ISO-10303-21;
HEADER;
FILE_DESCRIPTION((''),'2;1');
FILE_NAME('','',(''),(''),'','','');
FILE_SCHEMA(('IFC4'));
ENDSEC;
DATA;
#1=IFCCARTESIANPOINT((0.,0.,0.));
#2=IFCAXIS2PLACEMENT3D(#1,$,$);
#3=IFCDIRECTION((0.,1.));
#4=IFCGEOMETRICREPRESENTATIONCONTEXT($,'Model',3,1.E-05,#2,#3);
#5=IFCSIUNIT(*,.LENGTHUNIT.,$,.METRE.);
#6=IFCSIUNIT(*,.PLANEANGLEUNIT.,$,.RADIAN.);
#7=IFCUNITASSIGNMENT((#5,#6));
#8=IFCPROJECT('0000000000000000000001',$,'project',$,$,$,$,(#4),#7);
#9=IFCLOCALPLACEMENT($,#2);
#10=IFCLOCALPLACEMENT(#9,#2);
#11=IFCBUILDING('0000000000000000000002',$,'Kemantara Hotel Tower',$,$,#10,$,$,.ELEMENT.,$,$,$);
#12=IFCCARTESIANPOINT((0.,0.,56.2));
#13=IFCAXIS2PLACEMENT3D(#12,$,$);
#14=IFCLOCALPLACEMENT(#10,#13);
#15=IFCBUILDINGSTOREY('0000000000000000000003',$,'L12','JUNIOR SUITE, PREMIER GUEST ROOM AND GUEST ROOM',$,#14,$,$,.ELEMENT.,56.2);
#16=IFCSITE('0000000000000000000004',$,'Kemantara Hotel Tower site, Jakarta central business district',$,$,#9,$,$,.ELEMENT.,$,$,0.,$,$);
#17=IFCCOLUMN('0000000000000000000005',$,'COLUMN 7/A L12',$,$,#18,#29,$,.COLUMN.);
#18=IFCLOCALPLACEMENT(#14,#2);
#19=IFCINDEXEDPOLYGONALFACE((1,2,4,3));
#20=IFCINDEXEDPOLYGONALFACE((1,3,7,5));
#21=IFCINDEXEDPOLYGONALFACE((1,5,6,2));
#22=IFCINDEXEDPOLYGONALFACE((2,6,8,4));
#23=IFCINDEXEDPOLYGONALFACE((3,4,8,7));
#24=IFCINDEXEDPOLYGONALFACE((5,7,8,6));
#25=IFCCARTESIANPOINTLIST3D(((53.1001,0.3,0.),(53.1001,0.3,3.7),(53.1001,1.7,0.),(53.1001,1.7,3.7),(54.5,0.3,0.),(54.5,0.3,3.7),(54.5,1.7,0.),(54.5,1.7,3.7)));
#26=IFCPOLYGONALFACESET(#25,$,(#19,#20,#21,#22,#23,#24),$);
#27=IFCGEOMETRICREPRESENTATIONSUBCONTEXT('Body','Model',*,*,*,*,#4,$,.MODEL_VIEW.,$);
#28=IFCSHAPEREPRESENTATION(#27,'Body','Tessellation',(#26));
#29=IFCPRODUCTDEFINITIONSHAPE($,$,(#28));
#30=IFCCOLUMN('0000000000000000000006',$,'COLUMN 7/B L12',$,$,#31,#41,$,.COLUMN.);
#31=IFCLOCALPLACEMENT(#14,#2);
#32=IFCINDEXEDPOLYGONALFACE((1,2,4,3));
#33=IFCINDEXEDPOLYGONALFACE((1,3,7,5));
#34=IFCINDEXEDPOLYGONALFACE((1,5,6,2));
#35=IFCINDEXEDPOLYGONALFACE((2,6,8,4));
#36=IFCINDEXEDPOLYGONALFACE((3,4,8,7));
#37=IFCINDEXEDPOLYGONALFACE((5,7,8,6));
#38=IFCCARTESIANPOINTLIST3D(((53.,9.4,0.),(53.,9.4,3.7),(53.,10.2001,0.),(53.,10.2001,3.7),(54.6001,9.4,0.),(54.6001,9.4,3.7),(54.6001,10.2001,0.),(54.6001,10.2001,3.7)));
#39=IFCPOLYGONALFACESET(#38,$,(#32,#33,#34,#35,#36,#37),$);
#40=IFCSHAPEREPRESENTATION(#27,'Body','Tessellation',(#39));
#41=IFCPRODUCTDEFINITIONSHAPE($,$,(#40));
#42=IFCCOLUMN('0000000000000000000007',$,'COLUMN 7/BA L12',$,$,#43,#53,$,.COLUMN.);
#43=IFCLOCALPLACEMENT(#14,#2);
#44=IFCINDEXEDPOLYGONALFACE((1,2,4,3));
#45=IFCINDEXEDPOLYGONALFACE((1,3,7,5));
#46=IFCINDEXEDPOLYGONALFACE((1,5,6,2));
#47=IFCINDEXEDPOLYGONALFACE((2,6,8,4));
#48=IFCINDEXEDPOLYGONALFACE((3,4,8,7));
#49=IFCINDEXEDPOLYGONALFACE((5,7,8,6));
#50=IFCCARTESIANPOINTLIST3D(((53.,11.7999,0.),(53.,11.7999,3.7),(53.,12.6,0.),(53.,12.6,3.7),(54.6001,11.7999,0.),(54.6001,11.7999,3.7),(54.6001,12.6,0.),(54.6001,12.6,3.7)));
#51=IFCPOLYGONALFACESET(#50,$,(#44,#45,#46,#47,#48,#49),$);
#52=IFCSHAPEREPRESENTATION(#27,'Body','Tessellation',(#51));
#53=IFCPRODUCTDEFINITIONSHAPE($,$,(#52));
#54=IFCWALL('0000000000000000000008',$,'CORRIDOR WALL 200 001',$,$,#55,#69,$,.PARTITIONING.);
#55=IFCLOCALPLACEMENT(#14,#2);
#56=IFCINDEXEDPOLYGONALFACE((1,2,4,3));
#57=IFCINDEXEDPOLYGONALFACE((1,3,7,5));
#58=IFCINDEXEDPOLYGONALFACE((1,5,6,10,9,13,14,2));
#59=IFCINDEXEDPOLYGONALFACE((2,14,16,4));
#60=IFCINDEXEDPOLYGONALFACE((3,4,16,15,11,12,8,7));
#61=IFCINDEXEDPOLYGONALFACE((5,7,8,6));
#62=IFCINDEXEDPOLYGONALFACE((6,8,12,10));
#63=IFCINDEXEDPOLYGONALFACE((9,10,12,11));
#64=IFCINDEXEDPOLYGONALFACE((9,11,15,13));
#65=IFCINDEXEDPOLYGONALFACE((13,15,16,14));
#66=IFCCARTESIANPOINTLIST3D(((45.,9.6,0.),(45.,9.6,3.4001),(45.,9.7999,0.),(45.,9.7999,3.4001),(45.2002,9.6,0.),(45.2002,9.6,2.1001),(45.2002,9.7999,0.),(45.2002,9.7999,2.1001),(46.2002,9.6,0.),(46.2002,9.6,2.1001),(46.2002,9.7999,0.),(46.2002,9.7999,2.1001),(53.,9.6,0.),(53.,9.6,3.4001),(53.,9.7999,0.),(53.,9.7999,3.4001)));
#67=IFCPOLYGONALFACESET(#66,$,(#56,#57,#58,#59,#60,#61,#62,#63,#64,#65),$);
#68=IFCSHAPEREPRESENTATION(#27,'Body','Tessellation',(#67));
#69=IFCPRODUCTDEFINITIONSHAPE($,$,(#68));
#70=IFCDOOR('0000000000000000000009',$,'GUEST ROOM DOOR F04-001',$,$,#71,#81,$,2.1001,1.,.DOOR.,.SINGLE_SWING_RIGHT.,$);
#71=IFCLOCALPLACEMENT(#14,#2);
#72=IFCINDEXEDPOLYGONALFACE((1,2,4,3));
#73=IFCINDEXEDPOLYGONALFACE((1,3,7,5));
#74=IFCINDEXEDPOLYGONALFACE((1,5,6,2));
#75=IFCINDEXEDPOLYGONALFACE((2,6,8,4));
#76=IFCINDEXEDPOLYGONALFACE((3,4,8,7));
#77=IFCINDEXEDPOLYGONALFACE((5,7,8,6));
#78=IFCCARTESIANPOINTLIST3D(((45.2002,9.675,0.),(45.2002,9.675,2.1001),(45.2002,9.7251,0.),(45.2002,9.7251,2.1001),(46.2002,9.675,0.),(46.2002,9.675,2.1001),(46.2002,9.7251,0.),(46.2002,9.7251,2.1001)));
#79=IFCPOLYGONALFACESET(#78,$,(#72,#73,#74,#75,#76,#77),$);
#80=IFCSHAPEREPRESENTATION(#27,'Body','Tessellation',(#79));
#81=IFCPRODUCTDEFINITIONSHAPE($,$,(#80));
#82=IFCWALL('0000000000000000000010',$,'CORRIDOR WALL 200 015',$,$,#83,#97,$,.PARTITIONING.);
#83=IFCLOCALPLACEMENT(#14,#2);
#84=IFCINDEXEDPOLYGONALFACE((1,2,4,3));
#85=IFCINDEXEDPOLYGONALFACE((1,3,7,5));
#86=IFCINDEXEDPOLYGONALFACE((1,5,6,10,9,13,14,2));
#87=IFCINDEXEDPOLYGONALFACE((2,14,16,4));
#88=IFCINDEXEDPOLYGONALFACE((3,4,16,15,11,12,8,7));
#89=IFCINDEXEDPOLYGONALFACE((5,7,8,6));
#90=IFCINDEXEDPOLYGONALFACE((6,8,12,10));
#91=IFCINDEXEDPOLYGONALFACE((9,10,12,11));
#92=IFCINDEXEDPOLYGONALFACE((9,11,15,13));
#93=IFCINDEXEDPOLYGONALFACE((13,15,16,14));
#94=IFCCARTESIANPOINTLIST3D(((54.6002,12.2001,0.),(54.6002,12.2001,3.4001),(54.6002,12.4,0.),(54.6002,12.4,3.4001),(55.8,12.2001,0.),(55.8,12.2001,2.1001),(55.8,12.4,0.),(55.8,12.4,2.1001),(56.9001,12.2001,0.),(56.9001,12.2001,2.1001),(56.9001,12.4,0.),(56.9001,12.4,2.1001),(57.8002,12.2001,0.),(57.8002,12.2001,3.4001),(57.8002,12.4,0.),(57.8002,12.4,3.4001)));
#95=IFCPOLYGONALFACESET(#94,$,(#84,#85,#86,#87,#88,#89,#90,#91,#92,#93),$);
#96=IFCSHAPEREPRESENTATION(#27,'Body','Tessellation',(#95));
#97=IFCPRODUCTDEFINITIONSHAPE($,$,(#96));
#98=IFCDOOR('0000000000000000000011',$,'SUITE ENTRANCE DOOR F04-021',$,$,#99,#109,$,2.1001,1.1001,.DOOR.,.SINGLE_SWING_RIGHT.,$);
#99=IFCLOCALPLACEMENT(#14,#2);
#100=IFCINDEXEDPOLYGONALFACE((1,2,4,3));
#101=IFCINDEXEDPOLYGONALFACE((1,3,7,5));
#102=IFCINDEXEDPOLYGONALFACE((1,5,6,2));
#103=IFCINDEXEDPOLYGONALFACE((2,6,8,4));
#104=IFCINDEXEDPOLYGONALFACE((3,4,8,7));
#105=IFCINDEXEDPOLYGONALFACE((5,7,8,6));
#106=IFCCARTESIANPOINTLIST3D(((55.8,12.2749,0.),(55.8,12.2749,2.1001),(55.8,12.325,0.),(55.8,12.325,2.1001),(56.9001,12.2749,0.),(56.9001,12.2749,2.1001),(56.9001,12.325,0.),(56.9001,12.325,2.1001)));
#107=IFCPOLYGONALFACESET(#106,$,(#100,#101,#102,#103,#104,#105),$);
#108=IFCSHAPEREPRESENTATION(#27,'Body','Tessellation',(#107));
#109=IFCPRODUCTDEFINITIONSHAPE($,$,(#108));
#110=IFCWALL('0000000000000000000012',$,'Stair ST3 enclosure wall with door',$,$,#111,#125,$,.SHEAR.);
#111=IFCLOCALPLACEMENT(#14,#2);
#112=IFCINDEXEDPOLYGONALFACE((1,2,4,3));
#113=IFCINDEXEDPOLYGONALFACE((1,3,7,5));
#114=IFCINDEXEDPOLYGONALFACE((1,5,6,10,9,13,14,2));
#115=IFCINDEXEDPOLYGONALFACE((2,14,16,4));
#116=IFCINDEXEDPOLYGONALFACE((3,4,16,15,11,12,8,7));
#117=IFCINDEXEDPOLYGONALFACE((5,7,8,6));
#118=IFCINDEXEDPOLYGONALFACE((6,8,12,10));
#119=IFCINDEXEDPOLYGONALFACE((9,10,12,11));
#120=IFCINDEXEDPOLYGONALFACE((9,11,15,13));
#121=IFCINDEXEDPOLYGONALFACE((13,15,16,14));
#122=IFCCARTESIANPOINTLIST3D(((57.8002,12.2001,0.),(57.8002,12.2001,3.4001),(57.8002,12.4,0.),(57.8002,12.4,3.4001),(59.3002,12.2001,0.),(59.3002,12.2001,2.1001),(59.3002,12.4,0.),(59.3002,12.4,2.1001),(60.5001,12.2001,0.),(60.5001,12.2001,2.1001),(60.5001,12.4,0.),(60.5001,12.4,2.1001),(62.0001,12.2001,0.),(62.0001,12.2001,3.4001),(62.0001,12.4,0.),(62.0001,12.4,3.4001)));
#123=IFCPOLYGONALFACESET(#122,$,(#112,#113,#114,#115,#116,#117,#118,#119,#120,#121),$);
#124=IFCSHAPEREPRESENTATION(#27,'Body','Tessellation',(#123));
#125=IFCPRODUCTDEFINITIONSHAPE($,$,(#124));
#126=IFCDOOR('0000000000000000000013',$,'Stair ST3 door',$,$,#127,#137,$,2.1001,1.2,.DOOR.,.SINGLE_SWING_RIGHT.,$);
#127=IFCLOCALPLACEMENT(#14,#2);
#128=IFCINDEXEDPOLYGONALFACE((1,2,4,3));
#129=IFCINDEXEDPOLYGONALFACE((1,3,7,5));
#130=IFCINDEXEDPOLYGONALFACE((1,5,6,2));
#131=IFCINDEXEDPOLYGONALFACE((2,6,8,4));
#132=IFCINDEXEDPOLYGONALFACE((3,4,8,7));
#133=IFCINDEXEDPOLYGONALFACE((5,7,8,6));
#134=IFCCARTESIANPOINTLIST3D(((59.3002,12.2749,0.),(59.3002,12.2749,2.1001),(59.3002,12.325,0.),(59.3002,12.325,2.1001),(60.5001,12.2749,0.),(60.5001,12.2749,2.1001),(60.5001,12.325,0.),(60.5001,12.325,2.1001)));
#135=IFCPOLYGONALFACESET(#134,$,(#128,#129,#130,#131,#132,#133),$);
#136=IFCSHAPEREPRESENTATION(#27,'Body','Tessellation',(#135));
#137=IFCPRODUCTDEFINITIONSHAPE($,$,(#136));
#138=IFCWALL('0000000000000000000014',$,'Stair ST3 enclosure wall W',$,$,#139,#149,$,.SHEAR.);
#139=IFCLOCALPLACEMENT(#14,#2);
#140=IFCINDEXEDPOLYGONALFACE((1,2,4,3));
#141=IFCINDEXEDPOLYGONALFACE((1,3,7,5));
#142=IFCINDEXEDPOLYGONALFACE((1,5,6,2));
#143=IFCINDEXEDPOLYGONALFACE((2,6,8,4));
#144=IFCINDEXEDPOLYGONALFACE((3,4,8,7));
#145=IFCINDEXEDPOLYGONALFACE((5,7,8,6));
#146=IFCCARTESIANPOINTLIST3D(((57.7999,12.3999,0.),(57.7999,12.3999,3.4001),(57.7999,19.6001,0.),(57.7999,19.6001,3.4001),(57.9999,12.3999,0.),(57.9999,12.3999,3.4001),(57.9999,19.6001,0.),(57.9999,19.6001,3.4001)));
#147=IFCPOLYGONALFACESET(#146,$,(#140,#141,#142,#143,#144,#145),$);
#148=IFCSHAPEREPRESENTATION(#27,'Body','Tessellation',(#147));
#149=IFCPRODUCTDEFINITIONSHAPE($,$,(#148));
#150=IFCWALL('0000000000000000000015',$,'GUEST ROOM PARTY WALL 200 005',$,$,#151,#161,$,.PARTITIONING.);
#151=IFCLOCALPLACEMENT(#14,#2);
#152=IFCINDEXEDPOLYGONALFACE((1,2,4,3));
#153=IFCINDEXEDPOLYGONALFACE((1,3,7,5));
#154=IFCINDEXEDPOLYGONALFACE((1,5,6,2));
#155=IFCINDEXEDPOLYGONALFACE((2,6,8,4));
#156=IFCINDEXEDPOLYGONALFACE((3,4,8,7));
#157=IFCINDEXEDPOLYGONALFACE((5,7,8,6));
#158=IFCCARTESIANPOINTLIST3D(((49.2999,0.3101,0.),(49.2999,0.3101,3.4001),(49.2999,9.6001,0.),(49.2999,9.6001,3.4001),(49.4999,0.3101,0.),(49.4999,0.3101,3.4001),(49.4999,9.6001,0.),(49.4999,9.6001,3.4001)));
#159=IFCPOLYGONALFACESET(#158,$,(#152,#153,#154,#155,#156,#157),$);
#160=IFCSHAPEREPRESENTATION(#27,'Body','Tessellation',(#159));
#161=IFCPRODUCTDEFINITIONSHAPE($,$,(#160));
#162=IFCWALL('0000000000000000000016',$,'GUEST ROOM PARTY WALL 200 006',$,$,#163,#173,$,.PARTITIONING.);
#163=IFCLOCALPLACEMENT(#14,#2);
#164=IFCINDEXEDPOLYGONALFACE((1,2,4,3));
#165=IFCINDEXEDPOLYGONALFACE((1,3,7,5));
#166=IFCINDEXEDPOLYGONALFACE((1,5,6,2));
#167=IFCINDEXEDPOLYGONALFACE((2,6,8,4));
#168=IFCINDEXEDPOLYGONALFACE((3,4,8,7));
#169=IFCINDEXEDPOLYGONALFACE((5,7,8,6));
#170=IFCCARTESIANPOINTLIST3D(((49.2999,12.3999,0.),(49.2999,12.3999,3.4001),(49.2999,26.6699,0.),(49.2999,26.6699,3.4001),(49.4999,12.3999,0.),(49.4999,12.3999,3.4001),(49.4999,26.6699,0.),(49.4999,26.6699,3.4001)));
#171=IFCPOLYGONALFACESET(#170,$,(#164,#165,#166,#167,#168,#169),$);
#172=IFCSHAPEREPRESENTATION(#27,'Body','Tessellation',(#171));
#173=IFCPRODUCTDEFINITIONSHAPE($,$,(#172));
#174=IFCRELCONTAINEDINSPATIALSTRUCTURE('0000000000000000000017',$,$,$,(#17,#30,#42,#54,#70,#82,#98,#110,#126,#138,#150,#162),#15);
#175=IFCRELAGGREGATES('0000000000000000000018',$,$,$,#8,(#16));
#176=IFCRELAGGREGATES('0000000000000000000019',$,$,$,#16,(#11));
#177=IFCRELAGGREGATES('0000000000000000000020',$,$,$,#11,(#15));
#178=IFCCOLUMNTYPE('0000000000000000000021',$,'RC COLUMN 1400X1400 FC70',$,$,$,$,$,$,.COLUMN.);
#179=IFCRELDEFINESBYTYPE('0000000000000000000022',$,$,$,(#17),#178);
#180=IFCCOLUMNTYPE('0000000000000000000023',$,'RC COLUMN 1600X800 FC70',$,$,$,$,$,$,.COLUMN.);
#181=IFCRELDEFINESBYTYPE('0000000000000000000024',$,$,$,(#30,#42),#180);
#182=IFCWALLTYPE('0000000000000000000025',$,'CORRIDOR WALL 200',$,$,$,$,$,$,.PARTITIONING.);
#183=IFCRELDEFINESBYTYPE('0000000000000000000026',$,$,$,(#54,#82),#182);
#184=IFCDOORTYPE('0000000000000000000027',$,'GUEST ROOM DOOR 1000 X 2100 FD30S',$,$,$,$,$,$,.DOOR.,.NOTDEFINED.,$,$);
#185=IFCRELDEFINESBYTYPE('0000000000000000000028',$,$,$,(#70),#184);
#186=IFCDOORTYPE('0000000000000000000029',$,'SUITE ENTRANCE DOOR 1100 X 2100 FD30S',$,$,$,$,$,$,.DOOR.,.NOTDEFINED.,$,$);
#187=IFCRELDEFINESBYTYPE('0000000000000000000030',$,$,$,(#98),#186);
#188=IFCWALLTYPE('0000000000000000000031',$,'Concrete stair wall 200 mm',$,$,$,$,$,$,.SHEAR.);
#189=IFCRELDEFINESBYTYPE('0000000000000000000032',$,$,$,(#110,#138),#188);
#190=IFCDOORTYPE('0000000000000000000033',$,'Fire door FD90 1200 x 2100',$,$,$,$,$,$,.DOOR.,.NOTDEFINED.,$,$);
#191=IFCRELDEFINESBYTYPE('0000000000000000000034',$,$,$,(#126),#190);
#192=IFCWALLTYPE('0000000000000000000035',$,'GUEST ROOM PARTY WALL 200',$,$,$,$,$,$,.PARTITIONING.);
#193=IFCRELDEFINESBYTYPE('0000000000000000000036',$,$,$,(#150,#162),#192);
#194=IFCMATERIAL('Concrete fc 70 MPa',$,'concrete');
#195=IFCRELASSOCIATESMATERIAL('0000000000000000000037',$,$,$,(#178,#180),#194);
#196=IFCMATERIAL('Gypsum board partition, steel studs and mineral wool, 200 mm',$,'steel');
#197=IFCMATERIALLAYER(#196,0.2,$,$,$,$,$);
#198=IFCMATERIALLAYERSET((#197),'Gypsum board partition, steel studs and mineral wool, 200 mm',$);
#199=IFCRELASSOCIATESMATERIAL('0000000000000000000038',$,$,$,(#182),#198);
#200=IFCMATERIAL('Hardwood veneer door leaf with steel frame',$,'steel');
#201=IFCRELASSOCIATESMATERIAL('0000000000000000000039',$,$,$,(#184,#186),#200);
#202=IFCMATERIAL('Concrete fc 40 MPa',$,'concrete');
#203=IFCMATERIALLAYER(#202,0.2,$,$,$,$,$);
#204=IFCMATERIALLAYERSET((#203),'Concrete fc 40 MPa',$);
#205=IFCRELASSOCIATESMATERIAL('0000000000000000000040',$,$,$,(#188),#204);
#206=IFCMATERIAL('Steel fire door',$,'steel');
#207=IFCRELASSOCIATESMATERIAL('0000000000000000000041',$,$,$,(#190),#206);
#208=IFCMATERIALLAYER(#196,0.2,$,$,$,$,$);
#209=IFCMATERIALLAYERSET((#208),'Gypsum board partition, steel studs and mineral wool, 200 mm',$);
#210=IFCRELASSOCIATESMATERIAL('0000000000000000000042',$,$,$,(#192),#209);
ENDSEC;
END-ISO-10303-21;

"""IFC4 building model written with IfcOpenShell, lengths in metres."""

from ifc_helpers import new_model, si_unit, direction, frame, frame_2d, origin, origin_2d, place, context, subcontext, project, spatial, rectangle, extrude, material, layer, layer_set, material_profile, profile_set, type_object, element, fill, save


model = new_model("IFC4")

# Units and contexts
model_context = context("Model", 3, precision=1e-05, world=origin(), true_north=direction((0.0, 1.0)))
body_context = subcontext(model_context, "Body", "Model", "MODEL_VIEW")
ifc_project = project(units=[si_unit("LENGTHUNIT", "METRE"), si_unit("PLANEANGLEUNIT", "RADIAN")], contexts=[model_context])

# Site, building, storey
site_placement = place(None, origin())
site = spatial("IfcSite", under=ifc_project, at=site_placement, Name="Kemantara Hotel Tower site, Jakarta central business district", CompositionType="ELEMENT", RefElevation=0.0)
building_placement = place(site_placement, origin())
building = spatial("IfcBuilding", under=site, at=building_placement, Name="Kemantara Hotel Tower", CompositionType="ELEMENT")
storey_placement = place(building_placement, frame((0.0, 0.0, 56.2)))
storey = spatial("IfcBuildingStorey", under=building, at=storey_placement, Name="L12", Description="JUNIOR SUITE, PREMIER GUEST ROOM AND GUEST ROOM", CompositionType="ELEMENT", Elevation=56.2)

# Columns
ifc_material_1 = material(Name="Concrete fc 70 MPa", Category="concrete")
ifc_material_profile_1 = material_profile(ifc_material_1, rectangle(XDim=1.3999, YDim=1.3999, at=origin_2d()), Name="RC 1400X1400")
ifc_profile_set_1 = profile_set([ifc_material_profile_1], Name="Concrete fc 70 MPa")
column_type_1 = type_object("IfcColumnType", Name="RC COLUMN 1400X1400 FC70", PredefinedType="COLUMN", material=ifc_profile_set_1)
column_placement = place(storey_placement, frame((53.8, 1.0, 0.0), z_axis=(0.0, 0.0, 1.0), x_axis=(1.0, 0.0, 0.0)))
element("IfcColumn", 1, at=column_placement, inside=storey, type_object=column_type_1, Name="COLUMN 7/A L12", PredefinedType="COLUMN", context=body_context, shape_type="SweptSolid", body=[
    extrude(rectangle(XDim=1.3999, YDim=1.3999, at=origin_2d()), origin(), (0.0, 0.0, 1.0), 3.7),
])
ifc_material_profile_2 = material_profile(ifc_material_1, rectangle(XDim=1.6001, YDim=0.8, at=origin_2d()), Name="RC 1600X800")
ifc_profile_set_2 = profile_set([ifc_material_profile_2], Name="Concrete fc 70 MPa")
column_type_2 = type_object("IfcColumnType", Name="RC COLUMN 1600X800 FC70", PredefinedType="COLUMN", material=ifc_profile_set_2)
for number, where, z_axis, x_axis, name in (
    (2, (53.8, 9.8, 0.0), (0.0, 0.0, 1.0), (1.0, 0.0, 0.0), "COLUMN 7/B L12"),
    (3, (53.8, 12.2, 0.0), (0.0, 0.0, 1.0), (1.0, 0.0, 0.0), "COLUMN 7/BA L12"),
):
    element("IfcColumn", number, at=place(storey_placement, frame(where, z_axis=z_axis, x_axis=x_axis)), inside=storey, type_object=column_type_2, Name=name, PredefinedType="COLUMN", context=body_context, shape_type="SweptSolid", body=[
        extrude(rectangle(XDim=1.6001, YDim=0.8, at=origin_2d()), origin(), (0.0, 0.0, 1.0), 3.7),
    ])

# Walls, openings, doors
ifc_material_2 = material(Name="Gypsum board partition, steel studs and mineral wool, 200 mm", Category="steel")
ifc_layer_1 = layer(ifc_material_2, 0.2)
ifc_layer_set_1 = layer_set([ifc_layer_1], Name="Gypsum board partition, steel studs and mineral wool, 200 mm")
wall_type_1 = type_object("IfcWallType", Name="CORRIDOR WALL 200", PredefinedType="PARTITIONING", material=ifc_layer_set_1)
wall_1_placement = place(storey_placement, frame((53.0, 9.7, 0.0), z_axis=(0.0, 0.0, 1.0), x_axis=(-1.0, 0.0, 0.0)))
wall_1 = element("IfcWall", 4, at=wall_1_placement, inside=storey, type_object=wall_type_1, Name="CORRIDOR WALL 200 001", PredefinedType="PARTITIONING", context=body_context, shape_type="SweptSolid", body=[
    extrude(rectangle(XDim=8.0, YDim=0.2, at=frame_2d((4.0, 0.0))), origin(), (0.0, 0.0, 1.0), 3.4001),
])
opening_1_placement = place(wall_1_placement, frame((6.7998, 0.0, 0.0)))
opening_1 = element("IfcOpeningElement", 5, at=opening_1_placement, cuts=wall_1, PredefinedType="OPENING", context=body_context, shape_type="SweptSolid", body=[
    extrude(rectangle(XDim=1.0, YDim=2.1001, at=frame_2d((0.5, 1.05))), frame((0.0, 0.1099, 0.0), z_axis=(0.0, -1.0, 0.0), x_axis=(1.0, 0.0, 0.0)), (0.0, 0.0, 1.0), 0.22),
])
ifc_material_3 = material(Name="Hardwood veneer door leaf with steel frame", Category="steel")
door_type_1 = type_object("IfcDoorType", Name="GUEST ROOM DOOR 1000 X 2100 FD30S", OperationType="NOTDEFINED", PredefinedType="DOOR", material=ifc_material_3)
door_1_placement = place(opening_1_placement, origin())
door_1 = element("IfcDoor", 6, at=door_1_placement, inside=storey, type_object=door_type_1, Name="GUEST ROOM DOOR F04-001", OperationType="SINGLE_SWING_RIGHT", OverallHeight=2.1001, OverallWidth=1.0, PredefinedType="DOOR", context=body_context, shape_type="SweptSolid", body=[
    extrude(rectangle(XDim=1.0, YDim=2.1001, at=frame_2d((0.5, 1.05))), frame((0.0, 0.0249, 0.0), z_axis=(0.0, -1.0, 0.0), x_axis=(1.0, 0.0, 0.0)), (0.0, 0.0, 1.0), 0.05),
])
fill(opening_1, door_1)
wall_2_placement = place(storey_placement, frame((54.6001, 12.3, 0.0), z_axis=(0.0, 0.0, 1.0), x_axis=(1.0, 0.0, 0.0)))
wall_2 = element("IfcWall", 7, at=wall_2_placement, inside=storey, type_object=wall_type_1, Name="CORRIDOR WALL 200 015", PredefinedType="PARTITIONING", context=body_context, shape_type="SweptSolid", body=[
    extrude(rectangle(XDim=3.2, YDim=0.2, at=frame_2d((1.6001, 0.0))), origin(), (0.0, 0.0, 1.0), 3.4001),
])
opening_2_placement = place(wall_2_placement, frame((1.2, 0.0, 0.0)))
opening_2 = element("IfcOpeningElement", 8, at=opening_2_placement, cuts=wall_2, PredefinedType="OPENING", context=body_context, shape_type="SweptSolid", body=[
    extrude(rectangle(XDim=1.1001, YDim=2.1001, at=frame_2d((0.55, 1.05))), frame((0.0, 0.1099, 0.0), z_axis=(0.0, -1.0, 0.0), x_axis=(1.0, 0.0, 0.0)), (0.0, 0.0, 1.0), 0.22),
])
door_type_2 = type_object("IfcDoorType", Name="SUITE ENTRANCE DOOR 1100 X 2100 FD30S", OperationType="NOTDEFINED", PredefinedType="DOOR", material=ifc_material_3)
door_2_placement = place(opening_2_placement, origin())
door_2 = element("IfcDoor", 9, at=door_2_placement, inside=storey, type_object=door_type_2, Name="SUITE ENTRANCE DOOR F04-021", OperationType="SINGLE_SWING_RIGHT", OverallHeight=2.1001, OverallWidth=1.1001, PredefinedType="DOOR", context=body_context, shape_type="SweptSolid", body=[
    extrude(rectangle(XDim=1.1001, YDim=2.1001, at=frame_2d((0.55, 1.05))), frame((0.0, 0.0249, 0.0), z_axis=(0.0, -1.0, 0.0), x_axis=(1.0, 0.0, 0.0)), (0.0, 0.0, 1.0), 0.05),
])
fill(opening_2, door_2)
ifc_material_4 = material(Name="Concrete fc 40 MPa", Category="concrete")
ifc_layer_2 = layer(ifc_material_4, 0.2)
ifc_layer_set_2 = layer_set([ifc_layer_2], Name="Concrete fc 40 MPa")
wall_type_2 = type_object("IfcWallType", Name="Concrete stair wall 200 mm", PredefinedType="SHEAR", material=ifc_layer_set_2)
wall_3_placement = place(storey_placement, frame((57.8, 12.3, 0.0), z_axis=(0.0, 0.0, 1.0), x_axis=(1.0, 0.0, 0.0)))
wall_3 = element("IfcWall", 10, at=wall_3_placement, inside=storey, type_object=wall_type_2, Name="Stair ST3 enclosure wall with door", PredefinedType="SHEAR", context=body_context, shape_type="SweptSolid", body=[
    extrude(rectangle(XDim=4.2, YDim=0.2, at=frame_2d((2.1001, 0.0))), origin(), (0.0, 0.0, 1.0), 3.4001),
])
opening_3_placement = place(wall_3_placement, frame((1.5, 0.0, 0.0)))
opening_3 = element("IfcOpeningElement", 11, at=opening_3_placement, cuts=wall_3, PredefinedType="OPENING", context=body_context, shape_type="SweptSolid", body=[
    extrude(rectangle(XDim=1.2, YDim=2.1001, at=frame_2d((0.6001, 1.05))), frame((0.0, 0.1099, 0.0), z_axis=(0.0, -1.0, 0.0), x_axis=(1.0, 0.0, 0.0)), (0.0, 0.0, 1.0), 0.22),
])
ifc_material_5 = material(Name="Steel fire door", Category="steel")
door_type_3 = type_object("IfcDoorType", Name="Fire door FD90 1200 x 2100", OperationType="NOTDEFINED", PredefinedType="DOOR", material=ifc_material_5)
door_3_placement = place(opening_3_placement, origin())
door_3 = element("IfcDoor", 12, at=door_3_placement, inside=storey, type_object=door_type_3, Name="Stair ST3 door", OperationType="SINGLE_SWING_RIGHT", OverallHeight=2.1001, OverallWidth=1.2, PredefinedType="DOOR", context=body_context, shape_type="SweptSolid", body=[
    extrude(rectangle(XDim=1.2, YDim=2.1001, at=frame_2d((0.6001, 1.05))), frame((0.0, 0.0249, 0.0), z_axis=(0.0, -1.0, 0.0), x_axis=(1.0, 0.0, 0.0)), (0.0, 0.0, 1.0), 0.05),
])
fill(opening_3, door_3)

# Walls
wall_4_placement = place(storey_placement, frame((57.8999, 12.3999, 0.0), z_axis=(0.0, 0.0, 1.0), x_axis=(0.0, 1.0, 0.0)))
element("IfcWall", 13, at=wall_4_placement, inside=storey, type_object=wall_type_2, Name="Stair ST3 enclosure wall W", PredefinedType="SHEAR", context=body_context, shape_type="SweptSolid", body=[
    extrude(rectangle(XDim=7.2002, YDim=0.2, at=frame_2d((3.6001, 0.0))), origin(), (0.0, 0.0, 1.0), 3.4001),
])
ifc_layer_3 = layer(ifc_material_2, 0.2)
ifc_layer_set_3 = layer_set([ifc_layer_3], Name="Gypsum board partition, steel studs and mineral wool, 200 mm")
wall_type_3 = type_object("IfcWallType", Name="GUEST ROOM PARTY WALL 200", PredefinedType="PARTITIONING", material=ifc_layer_set_3)
wall_5_placement = place(storey_placement, frame((49.3999, 0.3101, 0.0), z_axis=(0.0, 0.0, 1.0), x_axis=(0.0, 1.0, 0.0)))
element("IfcWall", 14, at=wall_5_placement, inside=storey, type_object=wall_type_3, Name="GUEST ROOM PARTY WALL 200 005", PredefinedType="PARTITIONING", context=body_context, shape_type="SweptSolid", body=[
    extrude(rectangle(XDim=9.29, YDim=0.2, at=frame_2d((4.645, 0.0))), origin(), (0.0, 0.0, 1.0), 3.4001),
])
wall_6_placement = place(storey_placement, frame((49.3999, 12.3999, 0.0), z_axis=(0.0, 0.0, 1.0), x_axis=(0.0, 1.0, 0.0)))
element("IfcWall", 15, at=wall_6_placement, inside=storey, type_object=wall_type_3, Name="GUEST ROOM PARTY WALL 200 006", PredefinedType="PARTITIONING", context=body_context, shape_type="SweptSolid", body=[
    extrude(rectangle(XDim=14.27, YDim=0.2, at=frame_2d((7.135, 0.0))), origin(), (0.0, 0.0, 1.0), 3.4001),
])

save(model, "model.ifc")
